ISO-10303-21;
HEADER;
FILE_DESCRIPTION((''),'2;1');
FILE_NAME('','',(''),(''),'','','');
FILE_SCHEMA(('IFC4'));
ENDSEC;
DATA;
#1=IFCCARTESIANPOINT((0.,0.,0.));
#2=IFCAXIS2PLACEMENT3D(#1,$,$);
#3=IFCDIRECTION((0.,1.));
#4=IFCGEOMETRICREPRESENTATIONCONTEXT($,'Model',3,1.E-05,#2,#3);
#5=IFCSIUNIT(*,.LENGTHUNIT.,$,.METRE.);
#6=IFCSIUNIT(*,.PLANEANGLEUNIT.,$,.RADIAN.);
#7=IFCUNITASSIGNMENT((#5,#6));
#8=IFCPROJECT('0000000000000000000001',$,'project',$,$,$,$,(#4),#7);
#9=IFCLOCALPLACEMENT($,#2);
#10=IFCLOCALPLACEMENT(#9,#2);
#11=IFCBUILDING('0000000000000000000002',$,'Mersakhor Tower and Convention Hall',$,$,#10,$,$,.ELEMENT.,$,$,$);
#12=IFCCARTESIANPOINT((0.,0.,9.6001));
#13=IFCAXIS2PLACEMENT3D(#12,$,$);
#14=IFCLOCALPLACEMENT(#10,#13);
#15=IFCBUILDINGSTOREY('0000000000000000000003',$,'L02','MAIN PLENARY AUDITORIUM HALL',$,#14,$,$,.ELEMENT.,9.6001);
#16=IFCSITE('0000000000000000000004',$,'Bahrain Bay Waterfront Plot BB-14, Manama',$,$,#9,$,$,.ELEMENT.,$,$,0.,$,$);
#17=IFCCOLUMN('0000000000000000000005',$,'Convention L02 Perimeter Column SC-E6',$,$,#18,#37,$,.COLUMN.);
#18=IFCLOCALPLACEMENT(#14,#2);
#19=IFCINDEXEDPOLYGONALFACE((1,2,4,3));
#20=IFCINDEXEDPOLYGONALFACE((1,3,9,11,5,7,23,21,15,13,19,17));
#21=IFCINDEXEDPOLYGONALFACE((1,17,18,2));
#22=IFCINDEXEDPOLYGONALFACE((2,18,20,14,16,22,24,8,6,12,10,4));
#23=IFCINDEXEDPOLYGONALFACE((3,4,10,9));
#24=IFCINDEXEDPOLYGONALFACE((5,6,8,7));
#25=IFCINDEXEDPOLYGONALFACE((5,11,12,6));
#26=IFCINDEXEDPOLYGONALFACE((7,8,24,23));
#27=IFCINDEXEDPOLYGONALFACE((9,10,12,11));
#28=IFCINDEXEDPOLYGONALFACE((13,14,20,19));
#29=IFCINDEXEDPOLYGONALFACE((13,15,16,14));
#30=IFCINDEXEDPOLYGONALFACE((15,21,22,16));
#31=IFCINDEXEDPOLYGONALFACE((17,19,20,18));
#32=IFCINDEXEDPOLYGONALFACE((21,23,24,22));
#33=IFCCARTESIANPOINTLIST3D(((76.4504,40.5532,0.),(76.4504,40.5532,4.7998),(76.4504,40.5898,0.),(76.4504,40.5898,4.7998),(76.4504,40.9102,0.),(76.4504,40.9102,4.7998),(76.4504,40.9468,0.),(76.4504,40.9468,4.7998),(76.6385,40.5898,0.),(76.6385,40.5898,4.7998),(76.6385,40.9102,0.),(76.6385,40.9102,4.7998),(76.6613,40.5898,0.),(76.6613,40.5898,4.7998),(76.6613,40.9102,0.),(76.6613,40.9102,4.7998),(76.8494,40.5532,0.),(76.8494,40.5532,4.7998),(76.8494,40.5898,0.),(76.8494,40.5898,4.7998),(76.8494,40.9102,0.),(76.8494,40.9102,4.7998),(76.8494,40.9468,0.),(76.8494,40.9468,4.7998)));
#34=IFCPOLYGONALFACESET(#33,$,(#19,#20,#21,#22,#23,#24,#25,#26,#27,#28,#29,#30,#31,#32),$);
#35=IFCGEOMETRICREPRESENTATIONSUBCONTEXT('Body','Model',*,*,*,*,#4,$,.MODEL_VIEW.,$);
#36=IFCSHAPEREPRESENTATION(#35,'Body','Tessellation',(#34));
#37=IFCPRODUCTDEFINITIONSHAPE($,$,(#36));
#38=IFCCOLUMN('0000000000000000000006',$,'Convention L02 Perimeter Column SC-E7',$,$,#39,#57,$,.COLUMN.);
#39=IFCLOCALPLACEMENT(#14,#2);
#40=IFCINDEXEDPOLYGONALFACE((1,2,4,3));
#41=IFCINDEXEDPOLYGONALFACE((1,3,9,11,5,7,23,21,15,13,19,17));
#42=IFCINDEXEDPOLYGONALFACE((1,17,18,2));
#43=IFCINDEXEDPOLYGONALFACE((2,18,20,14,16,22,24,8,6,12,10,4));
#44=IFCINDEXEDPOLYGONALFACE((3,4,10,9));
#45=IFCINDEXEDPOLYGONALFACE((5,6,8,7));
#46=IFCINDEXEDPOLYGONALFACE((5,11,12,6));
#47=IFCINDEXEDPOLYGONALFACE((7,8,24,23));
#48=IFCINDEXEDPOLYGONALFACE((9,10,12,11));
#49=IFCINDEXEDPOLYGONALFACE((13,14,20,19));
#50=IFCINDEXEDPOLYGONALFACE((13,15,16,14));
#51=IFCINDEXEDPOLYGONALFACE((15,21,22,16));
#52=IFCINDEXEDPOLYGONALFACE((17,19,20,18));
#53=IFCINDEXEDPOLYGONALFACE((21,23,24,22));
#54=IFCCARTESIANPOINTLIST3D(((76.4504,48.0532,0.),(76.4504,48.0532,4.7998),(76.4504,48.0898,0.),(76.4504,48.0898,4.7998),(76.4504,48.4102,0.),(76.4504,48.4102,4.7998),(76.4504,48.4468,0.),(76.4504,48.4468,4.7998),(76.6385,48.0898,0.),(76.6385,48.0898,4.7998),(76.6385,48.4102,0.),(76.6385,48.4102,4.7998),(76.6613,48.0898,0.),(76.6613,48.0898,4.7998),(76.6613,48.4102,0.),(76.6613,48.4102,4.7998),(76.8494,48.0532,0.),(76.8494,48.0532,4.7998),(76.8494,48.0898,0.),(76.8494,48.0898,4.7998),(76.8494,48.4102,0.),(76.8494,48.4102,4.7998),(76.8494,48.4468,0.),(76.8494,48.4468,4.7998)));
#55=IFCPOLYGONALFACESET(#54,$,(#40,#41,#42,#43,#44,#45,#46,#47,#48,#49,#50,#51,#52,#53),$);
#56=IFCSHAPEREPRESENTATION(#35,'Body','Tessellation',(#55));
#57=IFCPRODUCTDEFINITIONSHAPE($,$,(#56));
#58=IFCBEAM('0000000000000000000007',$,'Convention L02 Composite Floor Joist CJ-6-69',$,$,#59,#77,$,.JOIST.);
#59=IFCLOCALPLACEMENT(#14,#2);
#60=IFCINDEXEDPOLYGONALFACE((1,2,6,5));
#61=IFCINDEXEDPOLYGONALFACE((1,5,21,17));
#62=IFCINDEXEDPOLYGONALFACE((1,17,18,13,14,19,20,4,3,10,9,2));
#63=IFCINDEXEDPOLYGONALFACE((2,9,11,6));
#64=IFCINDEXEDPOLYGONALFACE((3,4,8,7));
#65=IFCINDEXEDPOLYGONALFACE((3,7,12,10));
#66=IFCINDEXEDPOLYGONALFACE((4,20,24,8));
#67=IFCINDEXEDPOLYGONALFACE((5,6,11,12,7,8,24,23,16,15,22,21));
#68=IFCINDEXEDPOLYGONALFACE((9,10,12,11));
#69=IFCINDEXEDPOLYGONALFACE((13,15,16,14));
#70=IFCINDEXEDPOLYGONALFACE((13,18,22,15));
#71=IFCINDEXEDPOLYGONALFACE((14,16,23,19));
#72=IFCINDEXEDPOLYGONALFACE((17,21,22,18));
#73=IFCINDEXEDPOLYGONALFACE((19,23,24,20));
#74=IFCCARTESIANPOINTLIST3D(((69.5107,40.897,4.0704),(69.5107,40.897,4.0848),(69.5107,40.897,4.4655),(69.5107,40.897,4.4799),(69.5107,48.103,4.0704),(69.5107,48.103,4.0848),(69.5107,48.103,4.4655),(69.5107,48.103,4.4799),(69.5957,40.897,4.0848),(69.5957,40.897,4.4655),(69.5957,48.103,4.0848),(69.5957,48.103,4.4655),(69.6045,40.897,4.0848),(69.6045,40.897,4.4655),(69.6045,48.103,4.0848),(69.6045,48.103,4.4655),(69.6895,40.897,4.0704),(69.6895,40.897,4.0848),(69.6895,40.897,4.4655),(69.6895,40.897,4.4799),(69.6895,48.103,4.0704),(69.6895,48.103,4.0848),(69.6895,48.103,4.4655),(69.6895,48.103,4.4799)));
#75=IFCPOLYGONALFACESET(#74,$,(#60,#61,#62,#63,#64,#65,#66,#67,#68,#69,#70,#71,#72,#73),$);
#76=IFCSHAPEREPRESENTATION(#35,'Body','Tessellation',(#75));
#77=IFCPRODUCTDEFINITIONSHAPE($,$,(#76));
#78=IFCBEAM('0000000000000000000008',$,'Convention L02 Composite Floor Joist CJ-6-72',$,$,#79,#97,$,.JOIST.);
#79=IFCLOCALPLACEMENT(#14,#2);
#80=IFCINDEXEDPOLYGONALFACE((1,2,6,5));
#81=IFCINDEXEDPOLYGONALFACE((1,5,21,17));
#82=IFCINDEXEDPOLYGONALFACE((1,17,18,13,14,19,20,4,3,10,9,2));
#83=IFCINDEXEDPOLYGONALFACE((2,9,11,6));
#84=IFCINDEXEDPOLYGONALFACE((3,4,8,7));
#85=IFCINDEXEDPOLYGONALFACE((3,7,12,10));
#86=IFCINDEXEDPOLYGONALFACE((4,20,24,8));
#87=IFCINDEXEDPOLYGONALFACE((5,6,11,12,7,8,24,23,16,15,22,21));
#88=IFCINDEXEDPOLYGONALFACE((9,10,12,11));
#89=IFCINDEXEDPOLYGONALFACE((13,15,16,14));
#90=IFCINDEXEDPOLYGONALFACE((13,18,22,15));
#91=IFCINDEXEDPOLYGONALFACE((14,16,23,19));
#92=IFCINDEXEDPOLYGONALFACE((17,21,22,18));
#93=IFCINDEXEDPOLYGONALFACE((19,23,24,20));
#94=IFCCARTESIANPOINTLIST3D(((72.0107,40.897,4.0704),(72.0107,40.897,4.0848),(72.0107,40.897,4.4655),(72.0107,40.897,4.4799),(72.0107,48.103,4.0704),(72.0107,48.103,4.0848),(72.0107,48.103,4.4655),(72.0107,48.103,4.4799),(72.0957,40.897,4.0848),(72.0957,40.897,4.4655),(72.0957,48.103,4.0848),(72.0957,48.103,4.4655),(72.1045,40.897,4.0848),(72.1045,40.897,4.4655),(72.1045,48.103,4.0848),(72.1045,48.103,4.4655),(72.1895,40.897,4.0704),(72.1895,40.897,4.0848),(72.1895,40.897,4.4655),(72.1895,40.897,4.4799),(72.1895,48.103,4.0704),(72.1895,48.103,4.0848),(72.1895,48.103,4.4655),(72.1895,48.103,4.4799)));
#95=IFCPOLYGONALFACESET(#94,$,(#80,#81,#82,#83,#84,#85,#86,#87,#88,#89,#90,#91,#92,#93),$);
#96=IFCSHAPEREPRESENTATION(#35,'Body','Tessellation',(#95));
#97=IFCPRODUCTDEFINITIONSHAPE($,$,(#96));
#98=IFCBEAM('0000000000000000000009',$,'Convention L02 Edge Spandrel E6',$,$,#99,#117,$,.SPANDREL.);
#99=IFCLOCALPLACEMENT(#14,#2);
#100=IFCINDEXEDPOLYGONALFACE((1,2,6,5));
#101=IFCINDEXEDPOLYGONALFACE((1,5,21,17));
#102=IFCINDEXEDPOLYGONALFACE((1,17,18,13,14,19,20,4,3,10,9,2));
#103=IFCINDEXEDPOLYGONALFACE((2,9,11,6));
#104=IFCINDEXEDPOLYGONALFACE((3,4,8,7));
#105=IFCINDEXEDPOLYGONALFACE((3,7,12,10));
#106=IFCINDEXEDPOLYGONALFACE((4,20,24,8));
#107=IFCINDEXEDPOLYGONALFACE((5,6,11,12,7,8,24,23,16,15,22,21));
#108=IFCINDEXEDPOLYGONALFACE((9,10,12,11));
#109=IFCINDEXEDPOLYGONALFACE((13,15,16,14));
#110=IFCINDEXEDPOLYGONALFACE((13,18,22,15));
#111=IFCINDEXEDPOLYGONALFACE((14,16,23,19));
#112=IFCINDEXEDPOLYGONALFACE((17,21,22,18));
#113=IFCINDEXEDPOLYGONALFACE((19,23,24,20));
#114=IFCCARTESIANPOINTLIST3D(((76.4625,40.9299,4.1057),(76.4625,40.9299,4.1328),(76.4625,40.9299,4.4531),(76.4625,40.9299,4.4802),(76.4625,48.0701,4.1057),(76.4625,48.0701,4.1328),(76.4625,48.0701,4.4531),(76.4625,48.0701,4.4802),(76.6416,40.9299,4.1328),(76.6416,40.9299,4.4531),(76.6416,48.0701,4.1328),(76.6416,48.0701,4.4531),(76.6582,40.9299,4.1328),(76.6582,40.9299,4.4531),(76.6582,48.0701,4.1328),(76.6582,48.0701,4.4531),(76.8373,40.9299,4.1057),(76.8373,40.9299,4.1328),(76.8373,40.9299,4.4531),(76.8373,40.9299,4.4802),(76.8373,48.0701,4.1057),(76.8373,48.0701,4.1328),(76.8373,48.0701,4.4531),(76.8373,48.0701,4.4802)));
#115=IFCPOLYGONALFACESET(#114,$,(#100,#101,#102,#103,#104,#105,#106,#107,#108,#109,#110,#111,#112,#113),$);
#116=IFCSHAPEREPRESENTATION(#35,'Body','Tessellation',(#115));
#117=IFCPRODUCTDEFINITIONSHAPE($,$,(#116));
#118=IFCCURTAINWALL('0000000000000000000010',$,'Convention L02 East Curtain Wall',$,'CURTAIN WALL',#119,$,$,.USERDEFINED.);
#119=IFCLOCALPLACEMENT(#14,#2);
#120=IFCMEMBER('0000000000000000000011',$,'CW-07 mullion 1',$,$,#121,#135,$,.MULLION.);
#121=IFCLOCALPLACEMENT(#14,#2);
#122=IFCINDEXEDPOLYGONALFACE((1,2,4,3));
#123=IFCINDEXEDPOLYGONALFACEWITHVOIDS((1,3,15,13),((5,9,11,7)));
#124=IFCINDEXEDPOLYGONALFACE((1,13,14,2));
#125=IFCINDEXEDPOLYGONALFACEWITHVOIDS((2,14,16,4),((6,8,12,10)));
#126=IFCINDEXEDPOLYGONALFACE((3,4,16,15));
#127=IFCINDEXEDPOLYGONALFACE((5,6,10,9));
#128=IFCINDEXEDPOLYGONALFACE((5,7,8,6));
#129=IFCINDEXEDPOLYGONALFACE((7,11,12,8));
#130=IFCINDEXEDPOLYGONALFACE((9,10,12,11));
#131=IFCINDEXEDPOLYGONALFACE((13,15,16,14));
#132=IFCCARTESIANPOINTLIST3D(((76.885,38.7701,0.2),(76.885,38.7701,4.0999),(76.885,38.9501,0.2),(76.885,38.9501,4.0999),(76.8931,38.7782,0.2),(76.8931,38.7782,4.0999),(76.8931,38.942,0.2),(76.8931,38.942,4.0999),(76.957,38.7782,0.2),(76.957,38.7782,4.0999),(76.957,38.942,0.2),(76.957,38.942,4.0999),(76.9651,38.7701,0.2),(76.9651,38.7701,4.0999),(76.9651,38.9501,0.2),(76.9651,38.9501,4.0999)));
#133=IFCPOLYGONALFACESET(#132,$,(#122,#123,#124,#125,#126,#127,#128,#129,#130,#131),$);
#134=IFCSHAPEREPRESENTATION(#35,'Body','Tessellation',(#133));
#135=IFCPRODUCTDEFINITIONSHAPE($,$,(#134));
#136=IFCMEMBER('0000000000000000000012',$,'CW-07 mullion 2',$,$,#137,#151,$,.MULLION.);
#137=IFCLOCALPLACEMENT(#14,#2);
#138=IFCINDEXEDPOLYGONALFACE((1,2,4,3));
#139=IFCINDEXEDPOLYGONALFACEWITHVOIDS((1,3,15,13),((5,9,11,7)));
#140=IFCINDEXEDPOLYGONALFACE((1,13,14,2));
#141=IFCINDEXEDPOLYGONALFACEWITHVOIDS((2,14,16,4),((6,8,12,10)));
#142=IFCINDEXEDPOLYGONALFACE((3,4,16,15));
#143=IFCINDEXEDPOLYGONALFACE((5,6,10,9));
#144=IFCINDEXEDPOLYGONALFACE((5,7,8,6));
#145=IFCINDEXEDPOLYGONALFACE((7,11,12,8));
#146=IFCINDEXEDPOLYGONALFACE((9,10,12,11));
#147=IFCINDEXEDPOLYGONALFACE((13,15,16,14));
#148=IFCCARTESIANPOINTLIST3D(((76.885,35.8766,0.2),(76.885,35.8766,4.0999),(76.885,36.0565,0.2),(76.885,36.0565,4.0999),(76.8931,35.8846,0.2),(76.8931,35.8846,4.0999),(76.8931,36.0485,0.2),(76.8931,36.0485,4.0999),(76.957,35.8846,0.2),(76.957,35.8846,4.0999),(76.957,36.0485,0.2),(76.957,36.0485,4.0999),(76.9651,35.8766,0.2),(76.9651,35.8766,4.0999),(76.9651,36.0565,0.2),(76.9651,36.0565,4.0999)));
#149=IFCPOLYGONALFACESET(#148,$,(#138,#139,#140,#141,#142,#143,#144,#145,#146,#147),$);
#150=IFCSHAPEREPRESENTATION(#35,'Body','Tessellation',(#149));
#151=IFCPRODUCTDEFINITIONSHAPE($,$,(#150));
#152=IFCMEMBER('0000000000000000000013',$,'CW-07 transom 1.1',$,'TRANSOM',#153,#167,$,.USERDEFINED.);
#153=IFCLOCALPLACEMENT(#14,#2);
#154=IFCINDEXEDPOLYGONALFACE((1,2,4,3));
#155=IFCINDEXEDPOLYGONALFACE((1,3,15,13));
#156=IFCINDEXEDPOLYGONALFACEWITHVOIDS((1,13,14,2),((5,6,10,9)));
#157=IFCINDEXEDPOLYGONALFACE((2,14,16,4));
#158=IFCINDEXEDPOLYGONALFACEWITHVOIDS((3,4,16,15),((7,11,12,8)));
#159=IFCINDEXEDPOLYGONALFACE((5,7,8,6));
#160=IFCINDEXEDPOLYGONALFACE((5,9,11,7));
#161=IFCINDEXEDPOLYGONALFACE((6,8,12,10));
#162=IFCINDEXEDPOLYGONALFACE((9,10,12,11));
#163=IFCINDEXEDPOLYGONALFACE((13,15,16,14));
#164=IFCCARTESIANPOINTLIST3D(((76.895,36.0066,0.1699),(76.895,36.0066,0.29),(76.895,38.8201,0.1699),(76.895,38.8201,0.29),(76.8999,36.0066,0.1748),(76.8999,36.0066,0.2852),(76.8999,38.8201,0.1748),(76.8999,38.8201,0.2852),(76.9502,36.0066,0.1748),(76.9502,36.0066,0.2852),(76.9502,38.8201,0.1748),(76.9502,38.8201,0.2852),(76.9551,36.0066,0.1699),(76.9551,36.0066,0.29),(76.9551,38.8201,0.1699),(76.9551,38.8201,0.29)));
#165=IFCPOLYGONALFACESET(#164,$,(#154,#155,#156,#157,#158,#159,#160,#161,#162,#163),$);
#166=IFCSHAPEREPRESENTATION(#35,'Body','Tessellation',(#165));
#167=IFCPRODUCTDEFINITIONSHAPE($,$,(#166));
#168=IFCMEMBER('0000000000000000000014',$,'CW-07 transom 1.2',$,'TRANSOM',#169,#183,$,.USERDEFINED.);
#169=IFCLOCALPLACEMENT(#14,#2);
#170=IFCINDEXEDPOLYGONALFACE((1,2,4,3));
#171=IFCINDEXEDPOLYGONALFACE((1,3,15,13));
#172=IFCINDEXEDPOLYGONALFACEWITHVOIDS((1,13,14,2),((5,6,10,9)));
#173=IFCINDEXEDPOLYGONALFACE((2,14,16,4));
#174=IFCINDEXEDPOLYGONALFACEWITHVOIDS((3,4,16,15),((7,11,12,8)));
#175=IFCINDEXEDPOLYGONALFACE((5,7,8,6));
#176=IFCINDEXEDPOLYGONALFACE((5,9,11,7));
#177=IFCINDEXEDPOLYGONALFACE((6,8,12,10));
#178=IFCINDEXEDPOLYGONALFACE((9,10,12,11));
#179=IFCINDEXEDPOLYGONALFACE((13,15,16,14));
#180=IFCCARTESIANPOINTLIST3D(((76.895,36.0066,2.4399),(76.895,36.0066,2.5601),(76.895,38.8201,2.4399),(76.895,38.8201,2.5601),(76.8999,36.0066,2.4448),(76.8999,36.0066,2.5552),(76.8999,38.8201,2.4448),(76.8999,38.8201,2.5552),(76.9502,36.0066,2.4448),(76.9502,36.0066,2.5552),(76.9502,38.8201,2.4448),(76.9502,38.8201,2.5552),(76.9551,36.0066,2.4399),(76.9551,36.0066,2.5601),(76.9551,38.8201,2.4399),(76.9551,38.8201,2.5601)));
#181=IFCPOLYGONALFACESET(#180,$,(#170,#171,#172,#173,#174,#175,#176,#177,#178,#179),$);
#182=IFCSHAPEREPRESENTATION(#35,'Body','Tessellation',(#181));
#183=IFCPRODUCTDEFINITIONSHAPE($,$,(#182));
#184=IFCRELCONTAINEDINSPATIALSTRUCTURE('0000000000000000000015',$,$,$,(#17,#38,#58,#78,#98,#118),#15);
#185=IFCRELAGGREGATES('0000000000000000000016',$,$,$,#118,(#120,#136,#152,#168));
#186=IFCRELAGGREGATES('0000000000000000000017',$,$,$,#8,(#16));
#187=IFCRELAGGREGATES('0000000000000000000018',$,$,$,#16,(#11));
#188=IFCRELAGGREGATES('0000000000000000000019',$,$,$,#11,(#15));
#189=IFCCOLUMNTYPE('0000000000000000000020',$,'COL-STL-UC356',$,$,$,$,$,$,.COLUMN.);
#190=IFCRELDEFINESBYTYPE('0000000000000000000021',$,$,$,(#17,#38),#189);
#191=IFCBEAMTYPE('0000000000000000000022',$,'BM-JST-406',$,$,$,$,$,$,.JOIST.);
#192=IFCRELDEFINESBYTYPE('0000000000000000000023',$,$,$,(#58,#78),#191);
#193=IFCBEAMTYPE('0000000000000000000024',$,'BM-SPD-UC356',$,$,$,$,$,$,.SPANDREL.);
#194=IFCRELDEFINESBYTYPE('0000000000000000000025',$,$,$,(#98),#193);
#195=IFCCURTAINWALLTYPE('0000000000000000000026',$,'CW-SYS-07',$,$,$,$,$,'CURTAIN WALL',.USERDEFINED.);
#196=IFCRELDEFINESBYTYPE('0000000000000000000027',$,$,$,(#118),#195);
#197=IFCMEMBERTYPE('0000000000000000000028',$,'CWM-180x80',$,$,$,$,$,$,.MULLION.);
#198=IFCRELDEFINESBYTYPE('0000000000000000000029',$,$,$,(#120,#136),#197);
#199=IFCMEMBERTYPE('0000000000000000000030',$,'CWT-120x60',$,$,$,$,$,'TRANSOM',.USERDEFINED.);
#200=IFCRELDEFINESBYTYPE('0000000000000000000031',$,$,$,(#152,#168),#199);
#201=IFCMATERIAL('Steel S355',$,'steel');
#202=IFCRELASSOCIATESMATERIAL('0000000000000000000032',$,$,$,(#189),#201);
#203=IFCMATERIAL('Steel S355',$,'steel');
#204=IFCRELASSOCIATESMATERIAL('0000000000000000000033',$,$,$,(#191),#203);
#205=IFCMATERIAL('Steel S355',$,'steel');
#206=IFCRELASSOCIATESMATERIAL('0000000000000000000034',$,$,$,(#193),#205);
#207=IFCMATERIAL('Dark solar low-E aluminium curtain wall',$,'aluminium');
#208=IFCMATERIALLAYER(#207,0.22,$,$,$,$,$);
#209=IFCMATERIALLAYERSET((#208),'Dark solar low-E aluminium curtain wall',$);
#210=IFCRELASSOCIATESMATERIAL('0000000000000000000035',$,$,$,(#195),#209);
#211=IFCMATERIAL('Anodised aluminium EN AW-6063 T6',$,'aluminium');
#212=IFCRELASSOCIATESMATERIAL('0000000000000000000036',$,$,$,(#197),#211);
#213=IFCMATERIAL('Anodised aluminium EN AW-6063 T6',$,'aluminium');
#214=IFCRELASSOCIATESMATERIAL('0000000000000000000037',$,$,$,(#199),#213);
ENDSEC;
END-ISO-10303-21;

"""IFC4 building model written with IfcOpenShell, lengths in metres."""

from ifc_helpers import new_model, si_unit, direction, frame, origin, origin_2d, place, context, subcontext, project, spatial, hollow_rectangle, i_section, extrude, material, layer, layer_set, material_profile, profile_set, type_object, element, aggregate, save


model = new_model("IFC4")

# Units and contexts
model_context = context("Model", 3, precision=1e-05, world=origin(), true_north=direction((0.0, 1.0)))
body_context = subcontext(model_context, "Body", "Model", "MODEL_VIEW")
ifc_project = project(units=[si_unit("LENGTHUNIT", "METRE"), si_unit("PLANEANGLEUNIT", "RADIAN")], contexts=[model_context])

# Site, building, storey
site_placement = place(None, origin())
site = spatial("IfcSite", under=ifc_project, at=site_placement, Name="Bahrain Bay Waterfront Plot BB-14, Manama", CompositionType="ELEMENT", RefElevation=0.0)
building_placement = place(site_placement, origin())
building = spatial("IfcBuilding", under=site, at=building_placement, Name="Mersakhor Tower and Convention Hall", CompositionType="ELEMENT")
storey_placement = place(building_placement, frame((0.0, 0.0, 9.6001)))
storey = spatial("IfcBuildingStorey", under=building, at=storey_placement, Name="L02", Description="MAIN PLENARY AUDITORIUM HALL", CompositionType="ELEMENT", Elevation=9.6001)

# Columns
ifc_material_1 = material(Name="Steel S355", Category="steel")
ifc_material_profile_1 = material_profile(ifc_material_1, i_section(OverallWidth=0.3989, OverallDepth=0.3936, WebThickness=0.0227, FlangeThickness=0.0366, at=origin_2d()), Name="UC 356x406x287")
ifc_profile_set_1 = profile_set([ifc_material_profile_1], Name="Steel S355")
column_type = type_object("IfcColumnType", Name="COL-STL-UC356", PredefinedType="COLUMN", material=ifc_profile_set_1)
for number, where, z_axis, x_axis, name in (
    (1, (76.6499, 40.75, 0.0), (0.0, 0.0, 1.0), (1.0, 0.0, 0.0), "Convention L02 Perimeter Column SC-E6"),
    (2, (76.6499, 48.25, 0.0), (0.0, 0.0, 1.0), (1.0, 0.0, 0.0), "Convention L02 Perimeter Column SC-E7"),
):
    element("IfcColumn", number, at=place(storey_placement, frame(where, z_axis=z_axis, x_axis=x_axis)), inside=storey, type_object=column_type, Name=name, PredefinedType="COLUMN", context=body_context, shape_type="SweptSolid", body=[
        extrude(i_section(OverallWidth=0.3989, OverallDepth=0.3936, WebThickness=0.0227, FlangeThickness=0.0366, at=origin_2d()), origin(), (0.0, 0.0, 1.0), 4.7998),
    ])

# Beams
ifc_material_2 = material(Name="Steel S355", Category="steel")
ifc_material_profile_2 = material_profile(ifc_material_2, i_section(OverallWidth=0.1787, OverallDepth=0.4094, WebThickness=0.0088, FlangeThickness=0.0144, at=origin_2d()), Name="UB 406x178x67")
ifc_profile_set_2 = profile_set([ifc_material_profile_2], Name="Steel S355")
beam_type_1 = type_object("IfcBeamType", Name="BM-JST-406", PredefinedType="JOIST", material=ifc_profile_set_2)
for number, where, z_axis, x_axis, name in (
    (3, (69.6001, 40.897, 4.2751), (0.0, 1.0, 0.0), (-1.0, 0.0, 0.0), "Convention L02 Composite Floor Joist CJ-6-69"),
    (4, (72.1001, 40.897, 4.2751), (0.0, 1.0, 0.0), (-1.0, 0.0, 0.0), "Convention L02 Composite Floor Joist CJ-6-72"),
):
    element("IfcBeam", number, at=place(storey_placement, frame(where, z_axis=z_axis, x_axis=x_axis)), inside=storey, type_object=beam_type_1, Name=name, PredefinedType="JOIST", context=body_context, shape_type="SweptSolid", body=[
        extrude(i_section(OverallWidth=0.1787, OverallDepth=0.4094, WebThickness=0.0088, FlangeThickness=0.0144, at=origin_2d()), origin(), (0.0, 0.0, 1.0), 7.2061),
    ])
ifc_material_3 = material(Name="Steel S355", Category="steel")
ifc_material_profile_3 = material_profile(ifc_material_3, i_section(OverallWidth=0.3748, OverallDepth=0.3745, WebThickness=0.0166, FlangeThickness=0.0271, at=origin_2d()), Name="UC 356x368x202")
ifc_profile_set_3 = profile_set([ifc_material_profile_3], Name="Steel S355")
beam_type_2 = type_object("IfcBeamType", Name="BM-SPD-UC356", PredefinedType="SPANDREL", material=ifc_profile_set_3)
beam_placement = place(storey_placement, frame((76.6499, 40.9299, 4.293), z_axis=(0.0, 1.0, 0.0), x_axis=(-1.0, 0.0, 0.0)))
element("IfcBeam", 5, at=beam_placement, inside=storey, type_object=beam_type_2, Name="Convention L02 Edge Spandrel E6", PredefinedType="SPANDREL", context=body_context, shape_type="SweptSolid", body=[
    extrude(i_section(OverallWidth=0.3748, OverallDepth=0.3745, WebThickness=0.0166, FlangeThickness=0.0271, at=origin_2d()), origin(), (0.0, 0.0, 1.0), 7.1401),
])

# Curtain wall, members
ifc_material_4 = material(Name="Dark solar low-E aluminium curtain wall", Category="aluminium")
ifc_layer_1 = layer(ifc_material_4, 0.22)
ifc_layer_set_1 = layer_set([ifc_layer_1], Name="Dark solar low-E aluminium curtain wall")
curtain_wall_type = type_object("IfcCurtainWallType", Name="CW-SYS-07", ElementType="CURTAIN WALL", PredefinedType="USERDEFINED", material=ifc_layer_set_1)
curtain_wall_placement = place(storey_placement, origin())
curtain_wall = element("IfcCurtainWall", 6, at=curtain_wall_placement, inside=storey, type_object=curtain_wall_type, Name="Convention L02 East Curtain Wall", ObjectType="CURTAIN WALL", PredefinedType="USERDEFINED")
ifc_material_5 = material(Name="Anodised aluminium EN AW-6063 T6", Category="aluminium")
ifc_material_profile_4 = material_profile(ifc_material_5, hollow_rectangle(XDim=0.0801, YDim=0.1799, WallThickness=0.0081, at=origin_2d()), Name="RHS 180x80x8")
ifc_profile_set_4 = profile_set([ifc_material_profile_4], Name="Anodised aluminium EN AW-6063 T6")
member_type_1 = type_object("IfcMemberType", Name="CWM-180x80", PredefinedType="MULLION", material=ifc_profile_set_4)
member_1_placement = place(storey_placement, frame((76.925, 38.8601, 0.2), z_axis=(0.0, 0.0, 1.0), x_axis=(1.0, 0.0, 0.0)))
member_1 = element("IfcMember", 7, at=member_1_placement, type_object=member_type_1, Name="CW-07 mullion 1", PredefinedType="MULLION", context=body_context, shape_type="SweptSolid", body=[
    extrude(hollow_rectangle(XDim=0.0801, YDim=0.1799, WallThickness=0.0081, at=origin_2d()), origin(), (0.0, 0.0, 1.0), 3.8999),
])
member_2_placement = place(storey_placement, frame((76.925, 35.9666, 0.2), z_axis=(0.0, 0.0, 1.0), x_axis=(1.0, 0.0, 0.0)))
member_2 = element("IfcMember", 8, at=member_2_placement, type_object=member_type_1, Name="CW-07 mullion 2", PredefinedType="MULLION", context=body_context, shape_type="SweptSolid", body=[
    extrude(hollow_rectangle(XDim=0.0801, YDim=0.1799, WallThickness=0.0081, at=origin_2d()), origin(), (0.0, 0.0, 1.0), 3.8999),
])
ifc_material_6 = material(Name="Anodised aluminium EN AW-6063 T6", Category="aluminium")
ifc_material_profile_5 = material_profile(ifc_material_6, hollow_rectangle(XDim=0.0601, YDim=0.1201, WallThickness=0.0049, at=origin_2d()), Name="RHS 120x60x5")
ifc_profile_set_5 = profile_set([ifc_material_profile_5], Name="Anodised aluminium EN AW-6063 T6")
member_type_2 = type_object("IfcMemberType", Name="CWT-120x60", ElementType="TRANSOM", PredefinedType="USERDEFINED", material=ifc_profile_set_5)
member_3_placement = place(storey_placement, frame((76.925, 38.8201, 0.23), z_axis=(0.0, -1.0, 0.0), x_axis=(1.0, 0.0, 0.0)))
member_3 = element("IfcMember", 9, at=member_3_placement, type_object=member_type_2, Name="CW-07 transom 1.1", ObjectType="TRANSOM", PredefinedType="USERDEFINED", context=body_context, shape_type="SweptSolid", body=[
    extrude(hollow_rectangle(XDim=0.0601, YDim=0.1201, WallThickness=0.0049, at=origin_2d()), origin(), (0.0, 0.0, 1.0), 2.8135),
])
member_4_placement = place(storey_placement, frame((76.925, 38.8201, 2.5), z_axis=(0.0, -1.0, 0.0), x_axis=(1.0, 0.0, 0.0)))
member_4 = element("IfcMember", 10, at=member_4_placement, type_object=member_type_2, Name="CW-07 transom 1.2", ObjectType="TRANSOM", PredefinedType="USERDEFINED", context=body_context, shape_type="SweptSolid", body=[
    extrude(hollow_rectangle(XDim=0.0601, YDim=0.1201, WallThickness=0.0049, at=origin_2d()), origin(), (0.0, 0.0, 1.0), 2.8135),
])
aggregate(curtain_wall, [member_1, member_2, member_3, member_4])

save(model, "model.ifc")
